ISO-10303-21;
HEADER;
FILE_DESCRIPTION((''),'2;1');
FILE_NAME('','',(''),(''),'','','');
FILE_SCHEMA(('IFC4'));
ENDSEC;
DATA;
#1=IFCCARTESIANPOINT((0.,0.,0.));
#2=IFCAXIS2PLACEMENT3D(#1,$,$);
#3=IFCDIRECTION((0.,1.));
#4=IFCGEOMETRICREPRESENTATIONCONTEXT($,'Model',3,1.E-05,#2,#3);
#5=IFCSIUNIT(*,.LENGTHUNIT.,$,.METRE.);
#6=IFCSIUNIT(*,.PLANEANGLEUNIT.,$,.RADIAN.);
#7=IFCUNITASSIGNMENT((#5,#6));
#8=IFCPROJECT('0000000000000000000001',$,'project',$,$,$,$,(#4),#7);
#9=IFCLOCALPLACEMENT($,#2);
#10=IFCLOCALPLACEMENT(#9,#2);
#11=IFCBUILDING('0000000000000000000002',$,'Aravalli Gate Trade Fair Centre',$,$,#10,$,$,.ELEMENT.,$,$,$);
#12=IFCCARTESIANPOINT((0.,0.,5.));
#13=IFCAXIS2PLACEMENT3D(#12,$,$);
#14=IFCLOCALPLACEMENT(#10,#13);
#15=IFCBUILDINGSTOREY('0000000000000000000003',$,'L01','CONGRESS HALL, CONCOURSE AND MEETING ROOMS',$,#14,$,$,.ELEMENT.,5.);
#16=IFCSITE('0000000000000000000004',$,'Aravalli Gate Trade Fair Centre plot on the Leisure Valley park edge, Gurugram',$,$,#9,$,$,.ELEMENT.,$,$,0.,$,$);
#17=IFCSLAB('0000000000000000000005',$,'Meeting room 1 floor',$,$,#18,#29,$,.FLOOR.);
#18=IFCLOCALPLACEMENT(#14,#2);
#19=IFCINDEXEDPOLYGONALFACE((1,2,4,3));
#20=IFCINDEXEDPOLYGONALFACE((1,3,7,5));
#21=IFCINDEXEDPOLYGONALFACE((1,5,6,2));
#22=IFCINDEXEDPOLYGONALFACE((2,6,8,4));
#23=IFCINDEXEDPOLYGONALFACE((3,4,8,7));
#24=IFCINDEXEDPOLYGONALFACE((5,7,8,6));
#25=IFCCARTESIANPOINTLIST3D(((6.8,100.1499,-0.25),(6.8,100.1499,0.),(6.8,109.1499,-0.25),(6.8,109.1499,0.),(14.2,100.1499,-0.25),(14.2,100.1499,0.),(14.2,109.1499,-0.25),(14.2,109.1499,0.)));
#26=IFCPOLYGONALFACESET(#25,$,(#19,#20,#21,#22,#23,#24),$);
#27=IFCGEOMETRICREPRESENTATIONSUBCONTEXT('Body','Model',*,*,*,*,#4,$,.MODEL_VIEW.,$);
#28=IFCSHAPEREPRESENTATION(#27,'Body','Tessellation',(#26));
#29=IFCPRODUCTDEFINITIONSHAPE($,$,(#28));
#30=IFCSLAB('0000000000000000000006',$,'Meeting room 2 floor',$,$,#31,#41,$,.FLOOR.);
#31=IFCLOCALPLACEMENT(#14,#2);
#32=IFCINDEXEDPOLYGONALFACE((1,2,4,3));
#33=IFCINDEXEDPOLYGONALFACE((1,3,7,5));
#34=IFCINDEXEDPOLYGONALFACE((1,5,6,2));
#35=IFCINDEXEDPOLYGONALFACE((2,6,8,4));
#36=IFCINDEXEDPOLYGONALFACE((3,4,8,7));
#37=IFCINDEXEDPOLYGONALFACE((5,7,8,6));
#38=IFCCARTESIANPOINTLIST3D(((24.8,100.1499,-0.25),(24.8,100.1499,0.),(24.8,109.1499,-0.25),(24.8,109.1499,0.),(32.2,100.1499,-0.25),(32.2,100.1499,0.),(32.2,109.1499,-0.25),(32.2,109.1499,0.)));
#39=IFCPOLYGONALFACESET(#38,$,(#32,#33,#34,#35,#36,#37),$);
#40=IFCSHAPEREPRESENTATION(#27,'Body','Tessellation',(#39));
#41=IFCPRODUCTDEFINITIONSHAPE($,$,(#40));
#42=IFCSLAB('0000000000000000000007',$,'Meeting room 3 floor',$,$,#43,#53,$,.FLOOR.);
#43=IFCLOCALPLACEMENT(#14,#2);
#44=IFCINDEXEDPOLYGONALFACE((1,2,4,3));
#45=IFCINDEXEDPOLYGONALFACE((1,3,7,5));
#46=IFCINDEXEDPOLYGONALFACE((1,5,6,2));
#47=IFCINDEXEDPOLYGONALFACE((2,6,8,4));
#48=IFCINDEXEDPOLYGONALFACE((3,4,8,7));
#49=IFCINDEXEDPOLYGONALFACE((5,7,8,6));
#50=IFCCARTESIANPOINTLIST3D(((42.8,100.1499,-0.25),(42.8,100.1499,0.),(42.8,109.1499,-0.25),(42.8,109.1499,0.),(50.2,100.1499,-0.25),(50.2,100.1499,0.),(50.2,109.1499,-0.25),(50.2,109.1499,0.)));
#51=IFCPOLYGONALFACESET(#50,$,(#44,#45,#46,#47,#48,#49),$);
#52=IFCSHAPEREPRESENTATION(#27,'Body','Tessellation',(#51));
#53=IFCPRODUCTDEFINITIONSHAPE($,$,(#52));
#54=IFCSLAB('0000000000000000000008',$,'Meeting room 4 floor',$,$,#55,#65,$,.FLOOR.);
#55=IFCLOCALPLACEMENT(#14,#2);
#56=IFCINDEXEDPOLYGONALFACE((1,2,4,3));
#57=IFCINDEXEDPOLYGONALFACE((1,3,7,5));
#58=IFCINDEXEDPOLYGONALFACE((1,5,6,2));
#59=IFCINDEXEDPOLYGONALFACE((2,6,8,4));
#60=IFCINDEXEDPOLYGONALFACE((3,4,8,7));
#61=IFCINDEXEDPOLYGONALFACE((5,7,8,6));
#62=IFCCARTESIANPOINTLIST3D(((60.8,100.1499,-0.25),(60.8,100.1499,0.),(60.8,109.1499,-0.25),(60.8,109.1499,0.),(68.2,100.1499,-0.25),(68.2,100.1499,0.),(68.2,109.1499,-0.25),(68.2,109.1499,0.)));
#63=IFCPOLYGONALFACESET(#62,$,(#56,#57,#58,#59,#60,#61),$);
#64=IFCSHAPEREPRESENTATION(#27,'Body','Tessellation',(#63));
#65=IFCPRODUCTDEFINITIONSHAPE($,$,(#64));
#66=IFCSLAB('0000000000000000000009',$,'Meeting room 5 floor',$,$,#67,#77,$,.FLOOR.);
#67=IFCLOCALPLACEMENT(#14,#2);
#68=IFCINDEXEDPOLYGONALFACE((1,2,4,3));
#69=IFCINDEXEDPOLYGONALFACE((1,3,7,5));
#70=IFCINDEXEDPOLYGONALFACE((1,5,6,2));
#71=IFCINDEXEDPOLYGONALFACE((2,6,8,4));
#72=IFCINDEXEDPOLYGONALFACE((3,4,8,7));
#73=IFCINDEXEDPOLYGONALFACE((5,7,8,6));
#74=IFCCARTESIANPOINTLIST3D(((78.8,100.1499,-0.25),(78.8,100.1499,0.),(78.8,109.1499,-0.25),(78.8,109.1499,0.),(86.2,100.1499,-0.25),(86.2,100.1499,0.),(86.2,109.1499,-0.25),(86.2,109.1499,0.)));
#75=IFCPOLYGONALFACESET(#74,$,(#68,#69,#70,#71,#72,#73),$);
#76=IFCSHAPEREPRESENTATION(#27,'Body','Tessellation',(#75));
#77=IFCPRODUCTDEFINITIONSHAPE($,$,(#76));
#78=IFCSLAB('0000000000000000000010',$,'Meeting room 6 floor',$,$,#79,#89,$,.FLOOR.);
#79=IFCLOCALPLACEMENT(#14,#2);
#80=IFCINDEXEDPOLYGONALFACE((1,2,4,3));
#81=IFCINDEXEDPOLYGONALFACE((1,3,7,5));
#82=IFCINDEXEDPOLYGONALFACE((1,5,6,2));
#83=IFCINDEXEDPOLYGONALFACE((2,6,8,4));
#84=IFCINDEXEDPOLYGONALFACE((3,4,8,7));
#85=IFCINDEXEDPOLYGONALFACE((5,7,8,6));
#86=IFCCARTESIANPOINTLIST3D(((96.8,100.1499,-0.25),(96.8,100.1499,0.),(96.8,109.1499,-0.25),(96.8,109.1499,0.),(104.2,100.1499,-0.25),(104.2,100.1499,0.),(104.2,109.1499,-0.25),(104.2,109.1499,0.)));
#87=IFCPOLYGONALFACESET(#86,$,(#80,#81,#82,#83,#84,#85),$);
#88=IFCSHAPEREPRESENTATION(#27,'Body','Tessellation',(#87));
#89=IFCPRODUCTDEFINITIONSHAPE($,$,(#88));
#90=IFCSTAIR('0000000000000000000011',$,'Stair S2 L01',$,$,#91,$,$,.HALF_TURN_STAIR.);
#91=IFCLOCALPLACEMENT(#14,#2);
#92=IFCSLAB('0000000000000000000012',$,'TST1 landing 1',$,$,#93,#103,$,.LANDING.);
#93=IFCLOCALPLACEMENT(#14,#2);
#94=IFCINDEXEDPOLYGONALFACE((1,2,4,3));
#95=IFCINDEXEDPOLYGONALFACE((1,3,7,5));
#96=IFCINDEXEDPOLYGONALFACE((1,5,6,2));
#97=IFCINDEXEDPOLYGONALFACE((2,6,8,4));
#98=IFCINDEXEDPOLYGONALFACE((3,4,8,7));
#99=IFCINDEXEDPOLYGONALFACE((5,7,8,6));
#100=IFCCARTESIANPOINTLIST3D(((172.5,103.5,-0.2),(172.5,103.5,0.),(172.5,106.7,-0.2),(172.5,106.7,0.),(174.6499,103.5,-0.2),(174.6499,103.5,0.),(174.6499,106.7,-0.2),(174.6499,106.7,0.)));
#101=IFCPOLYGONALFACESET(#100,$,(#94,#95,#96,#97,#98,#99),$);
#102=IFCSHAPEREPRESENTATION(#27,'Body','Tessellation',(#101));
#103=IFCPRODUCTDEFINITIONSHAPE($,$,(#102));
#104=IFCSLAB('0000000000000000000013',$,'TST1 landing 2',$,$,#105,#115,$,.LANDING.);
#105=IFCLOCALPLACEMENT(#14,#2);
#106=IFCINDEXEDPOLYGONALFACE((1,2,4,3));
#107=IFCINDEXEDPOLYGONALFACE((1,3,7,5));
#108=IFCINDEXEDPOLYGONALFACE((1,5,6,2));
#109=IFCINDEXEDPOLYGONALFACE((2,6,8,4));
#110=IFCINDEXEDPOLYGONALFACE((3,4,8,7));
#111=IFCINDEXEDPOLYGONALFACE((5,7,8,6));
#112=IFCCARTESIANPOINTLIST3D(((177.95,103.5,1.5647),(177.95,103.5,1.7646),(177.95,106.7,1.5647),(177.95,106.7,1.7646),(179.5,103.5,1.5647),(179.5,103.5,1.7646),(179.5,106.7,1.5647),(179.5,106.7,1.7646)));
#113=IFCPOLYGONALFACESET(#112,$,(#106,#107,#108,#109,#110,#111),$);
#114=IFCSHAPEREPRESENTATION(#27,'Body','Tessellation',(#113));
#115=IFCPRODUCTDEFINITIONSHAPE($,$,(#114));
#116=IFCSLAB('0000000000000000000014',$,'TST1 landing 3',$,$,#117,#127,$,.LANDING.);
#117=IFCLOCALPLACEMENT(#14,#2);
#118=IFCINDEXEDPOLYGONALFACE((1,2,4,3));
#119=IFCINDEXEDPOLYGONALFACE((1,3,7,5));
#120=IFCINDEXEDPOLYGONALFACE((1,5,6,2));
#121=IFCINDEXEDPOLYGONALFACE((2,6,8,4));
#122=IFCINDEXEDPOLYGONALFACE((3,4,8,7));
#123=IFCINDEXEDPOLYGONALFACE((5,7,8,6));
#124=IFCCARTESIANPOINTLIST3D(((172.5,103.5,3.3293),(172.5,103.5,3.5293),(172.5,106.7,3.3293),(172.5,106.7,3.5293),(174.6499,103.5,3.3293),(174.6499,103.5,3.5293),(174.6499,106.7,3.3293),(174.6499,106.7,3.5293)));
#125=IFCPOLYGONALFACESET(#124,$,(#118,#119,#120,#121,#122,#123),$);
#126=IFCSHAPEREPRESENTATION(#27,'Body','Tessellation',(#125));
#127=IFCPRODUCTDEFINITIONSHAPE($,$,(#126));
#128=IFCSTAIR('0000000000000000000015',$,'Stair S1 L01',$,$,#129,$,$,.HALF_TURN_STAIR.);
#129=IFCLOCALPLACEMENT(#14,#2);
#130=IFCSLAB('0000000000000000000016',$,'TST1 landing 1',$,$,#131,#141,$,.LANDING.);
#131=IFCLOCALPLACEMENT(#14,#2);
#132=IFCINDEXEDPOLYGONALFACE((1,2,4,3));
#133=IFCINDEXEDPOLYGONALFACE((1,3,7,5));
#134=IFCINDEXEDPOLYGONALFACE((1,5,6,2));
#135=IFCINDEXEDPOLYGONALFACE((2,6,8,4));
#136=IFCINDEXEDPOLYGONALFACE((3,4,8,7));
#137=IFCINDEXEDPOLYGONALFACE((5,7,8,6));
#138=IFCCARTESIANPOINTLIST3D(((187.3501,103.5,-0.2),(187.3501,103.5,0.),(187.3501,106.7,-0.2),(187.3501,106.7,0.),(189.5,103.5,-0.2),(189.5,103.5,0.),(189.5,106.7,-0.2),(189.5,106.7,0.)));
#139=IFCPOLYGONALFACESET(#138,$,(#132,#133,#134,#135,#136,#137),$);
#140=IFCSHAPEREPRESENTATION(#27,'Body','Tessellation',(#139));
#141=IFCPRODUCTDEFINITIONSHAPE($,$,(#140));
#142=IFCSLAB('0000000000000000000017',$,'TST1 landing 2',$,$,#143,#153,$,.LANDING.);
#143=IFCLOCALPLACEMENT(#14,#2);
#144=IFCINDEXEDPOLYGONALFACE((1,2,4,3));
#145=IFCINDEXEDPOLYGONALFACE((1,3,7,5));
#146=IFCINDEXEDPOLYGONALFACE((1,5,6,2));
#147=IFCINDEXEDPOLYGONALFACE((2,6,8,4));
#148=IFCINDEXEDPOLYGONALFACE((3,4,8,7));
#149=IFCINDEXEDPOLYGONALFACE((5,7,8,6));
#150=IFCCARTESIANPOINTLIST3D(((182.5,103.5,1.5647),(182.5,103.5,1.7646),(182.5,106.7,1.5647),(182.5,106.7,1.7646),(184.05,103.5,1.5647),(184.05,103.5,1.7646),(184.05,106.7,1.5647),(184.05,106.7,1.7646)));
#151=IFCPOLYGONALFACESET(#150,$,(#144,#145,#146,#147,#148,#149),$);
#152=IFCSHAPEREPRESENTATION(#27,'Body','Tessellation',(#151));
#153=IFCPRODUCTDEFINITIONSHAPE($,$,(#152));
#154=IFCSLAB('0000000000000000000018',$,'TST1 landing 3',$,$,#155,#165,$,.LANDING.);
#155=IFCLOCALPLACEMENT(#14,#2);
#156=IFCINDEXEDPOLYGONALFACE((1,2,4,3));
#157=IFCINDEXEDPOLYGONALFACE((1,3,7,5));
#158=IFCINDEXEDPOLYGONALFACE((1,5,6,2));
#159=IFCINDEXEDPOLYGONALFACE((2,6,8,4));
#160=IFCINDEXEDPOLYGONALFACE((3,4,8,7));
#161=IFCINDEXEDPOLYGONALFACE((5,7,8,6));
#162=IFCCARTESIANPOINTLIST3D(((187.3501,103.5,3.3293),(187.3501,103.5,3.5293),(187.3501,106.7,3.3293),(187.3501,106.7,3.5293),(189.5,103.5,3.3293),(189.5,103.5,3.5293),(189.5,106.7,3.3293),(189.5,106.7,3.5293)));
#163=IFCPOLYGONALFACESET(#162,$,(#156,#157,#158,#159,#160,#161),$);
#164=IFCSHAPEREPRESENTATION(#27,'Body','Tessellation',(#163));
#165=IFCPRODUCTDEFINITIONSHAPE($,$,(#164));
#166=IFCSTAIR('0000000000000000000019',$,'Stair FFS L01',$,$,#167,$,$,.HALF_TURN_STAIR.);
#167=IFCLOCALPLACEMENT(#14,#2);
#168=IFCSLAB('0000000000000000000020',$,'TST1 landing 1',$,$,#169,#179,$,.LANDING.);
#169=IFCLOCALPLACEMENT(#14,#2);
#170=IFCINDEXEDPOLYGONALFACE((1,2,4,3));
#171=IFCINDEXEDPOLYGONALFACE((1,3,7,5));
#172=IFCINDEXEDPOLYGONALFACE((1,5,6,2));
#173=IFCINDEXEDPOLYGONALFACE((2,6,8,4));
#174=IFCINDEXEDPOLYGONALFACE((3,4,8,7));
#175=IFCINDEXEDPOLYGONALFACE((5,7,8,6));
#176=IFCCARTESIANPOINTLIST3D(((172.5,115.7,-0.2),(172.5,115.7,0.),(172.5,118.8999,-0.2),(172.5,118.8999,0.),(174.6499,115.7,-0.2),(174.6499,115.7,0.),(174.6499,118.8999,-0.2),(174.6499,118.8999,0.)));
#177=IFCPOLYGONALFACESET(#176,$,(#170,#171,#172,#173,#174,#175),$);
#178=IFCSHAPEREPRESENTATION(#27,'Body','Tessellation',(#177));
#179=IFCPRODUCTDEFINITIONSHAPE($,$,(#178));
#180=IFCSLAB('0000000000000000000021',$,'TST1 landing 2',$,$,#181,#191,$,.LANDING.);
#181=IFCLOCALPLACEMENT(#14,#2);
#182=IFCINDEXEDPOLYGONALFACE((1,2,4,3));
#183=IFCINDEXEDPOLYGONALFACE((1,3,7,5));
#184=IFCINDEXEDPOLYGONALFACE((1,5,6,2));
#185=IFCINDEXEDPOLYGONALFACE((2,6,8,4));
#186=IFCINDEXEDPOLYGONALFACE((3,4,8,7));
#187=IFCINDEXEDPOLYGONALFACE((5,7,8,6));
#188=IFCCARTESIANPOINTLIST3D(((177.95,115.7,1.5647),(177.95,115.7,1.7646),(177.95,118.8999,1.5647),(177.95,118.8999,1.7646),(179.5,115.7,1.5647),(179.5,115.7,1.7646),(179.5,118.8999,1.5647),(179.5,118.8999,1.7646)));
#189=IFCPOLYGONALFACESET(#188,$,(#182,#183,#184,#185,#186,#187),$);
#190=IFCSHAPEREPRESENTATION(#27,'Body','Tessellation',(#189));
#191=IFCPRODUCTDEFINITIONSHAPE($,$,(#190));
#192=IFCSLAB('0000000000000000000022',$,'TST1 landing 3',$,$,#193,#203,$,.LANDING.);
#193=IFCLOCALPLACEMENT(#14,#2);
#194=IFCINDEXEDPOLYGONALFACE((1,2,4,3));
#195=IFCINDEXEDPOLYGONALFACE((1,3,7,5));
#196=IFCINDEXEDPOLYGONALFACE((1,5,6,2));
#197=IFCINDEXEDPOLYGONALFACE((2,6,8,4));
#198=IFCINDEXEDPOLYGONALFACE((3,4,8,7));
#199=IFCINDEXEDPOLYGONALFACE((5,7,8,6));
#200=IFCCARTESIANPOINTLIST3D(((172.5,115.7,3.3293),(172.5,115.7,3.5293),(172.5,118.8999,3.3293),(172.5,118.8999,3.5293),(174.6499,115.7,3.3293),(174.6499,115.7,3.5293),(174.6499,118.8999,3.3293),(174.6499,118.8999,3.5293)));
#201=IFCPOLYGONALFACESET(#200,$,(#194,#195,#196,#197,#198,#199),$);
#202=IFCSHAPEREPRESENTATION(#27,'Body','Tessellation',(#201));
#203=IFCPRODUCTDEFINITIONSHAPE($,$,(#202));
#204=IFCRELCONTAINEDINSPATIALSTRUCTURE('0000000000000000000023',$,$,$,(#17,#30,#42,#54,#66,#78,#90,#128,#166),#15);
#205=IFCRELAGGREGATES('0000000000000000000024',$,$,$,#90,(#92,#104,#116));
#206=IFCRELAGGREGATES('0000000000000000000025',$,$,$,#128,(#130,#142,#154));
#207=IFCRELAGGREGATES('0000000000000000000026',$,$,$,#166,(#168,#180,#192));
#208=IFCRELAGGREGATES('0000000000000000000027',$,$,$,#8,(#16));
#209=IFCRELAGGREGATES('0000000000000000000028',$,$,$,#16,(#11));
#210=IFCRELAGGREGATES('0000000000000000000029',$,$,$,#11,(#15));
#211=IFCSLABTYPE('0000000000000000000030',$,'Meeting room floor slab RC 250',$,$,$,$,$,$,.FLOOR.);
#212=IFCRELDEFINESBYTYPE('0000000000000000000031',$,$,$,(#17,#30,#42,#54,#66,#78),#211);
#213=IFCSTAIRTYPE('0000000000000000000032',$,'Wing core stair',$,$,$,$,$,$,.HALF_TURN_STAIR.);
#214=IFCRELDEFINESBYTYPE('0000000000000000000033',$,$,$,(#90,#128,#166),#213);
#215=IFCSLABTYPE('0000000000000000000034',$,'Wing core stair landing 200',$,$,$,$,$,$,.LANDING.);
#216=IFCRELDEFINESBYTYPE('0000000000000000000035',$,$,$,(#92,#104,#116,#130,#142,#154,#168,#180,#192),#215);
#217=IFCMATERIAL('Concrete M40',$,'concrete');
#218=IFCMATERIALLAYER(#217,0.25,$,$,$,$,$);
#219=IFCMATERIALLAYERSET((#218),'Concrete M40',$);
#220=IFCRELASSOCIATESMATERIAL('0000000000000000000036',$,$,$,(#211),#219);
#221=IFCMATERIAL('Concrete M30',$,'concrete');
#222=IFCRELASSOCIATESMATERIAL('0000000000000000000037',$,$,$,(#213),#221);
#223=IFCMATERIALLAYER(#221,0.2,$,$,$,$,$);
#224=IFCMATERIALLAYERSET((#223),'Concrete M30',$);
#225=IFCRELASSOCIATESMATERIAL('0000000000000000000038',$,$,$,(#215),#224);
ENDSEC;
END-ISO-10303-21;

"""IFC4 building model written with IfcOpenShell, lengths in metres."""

from ifc_helpers import new_model, si_unit, direction, frame, origin, place, context, subcontext, project, spatial, polyline, outline, extrude, material, layer, layer_set, type_object, element, aggregate, save


model = new_model("IFC4")

# Units and contexts
model_context = context("Model", 3, precision=1e-05, world=origin(), true_north=direction((0.0, 1.0)))
body_context = subcontext(model_context, "Body", "Model", "MODEL_VIEW")
ifc_project = project(units=[si_unit("LENGTHUNIT", "METRE"), si_unit("PLANEANGLEUNIT", "RADIAN")], contexts=[model_context])

# Site, building, storey
site_placement = place(None, origin())
site = spatial("IfcSite", under=ifc_project, at=site_placement, Name="Aravalli Gate Trade Fair Centre plot on the Leisure Valley park edge, Gurugram", CompositionType="ELEMENT", RefElevation=0.0)
building_placement = place(site_placement, origin())
building = spatial("IfcBuilding", under=site, at=building_placement, Name="Aravalli Gate Trade Fair Centre", CompositionType="ELEMENT")
storey_placement = place(building_placement, frame((0.0, 0.0, 5.0)))
storey = spatial("IfcBuildingStorey", under=building, at=storey_placement, Name="L01", Description="CONGRESS HALL, CONCOURSE AND MEETING ROOMS", CompositionType="ELEMENT", Elevation=5.0)

# Shared definitions
ifc_material_1 = material(Name="Concrete M30", Category="concrete")

# Slabs
ifc_material_2 = material(Name="Concrete M40", Category="concrete")
ifc_layer_1 = layer(ifc_material_2, 0.25)
ifc_layer_set_1 = layer_set([ifc_layer_1], Name="Concrete M40")
slab_type_1 = type_object("IfcSlabType", Name="Meeting room floor slab RC 250", PredefinedType="FLOOR", material=ifc_layer_set_1)
slab_1_placement = place(storey_placement, frame((0.0, 0.0, -0.25)))
element("IfcSlab", 1, at=slab_1_placement, inside=storey, type_object=slab_type_1, Name="Meeting room 1 floor", PredefinedType="FLOOR", context=body_context, shape_type="SweptSolid", body=[
    extrude(outline(polyline([(6.8, 100.1499), (14.2, 100.1499), (14.2, 109.1499), (6.8, 109.1499), (6.8, 100.1499)])), origin(), (0.0, 0.0, 1.0), 0.25),
])
slab_2_placement = place(storey_placement, frame((0.0, 0.0, -0.25)))
element("IfcSlab", 2, at=slab_2_placement, inside=storey, type_object=slab_type_1, Name="Meeting room 2 floor", PredefinedType="FLOOR", context=body_context, shape_type="SweptSolid", body=[
    extrude(outline(polyline([(24.8, 100.1499), (32.2, 100.1499), (32.2, 109.1499), (24.8, 109.1499), (24.8, 100.1499)])), origin(), (0.0, 0.0, 1.0), 0.25),
])
slab_3_placement = place(storey_placement, frame((0.0, 0.0, -0.25)))
element("IfcSlab", 3, at=slab_3_placement, inside=storey, type_object=slab_type_1, Name="Meeting room 3 floor", PredefinedType="FLOOR", context=body_context, shape_type="SweptSolid", body=[
    extrude(outline(polyline([(42.8, 100.1499), (50.2, 100.1499), (50.2, 109.1499), (42.8, 109.1499), (42.8, 100.1499)])), origin(), (0.0, 0.0, 1.0), 0.25),
])
slab_4_placement = place(storey_placement, frame((0.0, 0.0, -0.25)))
element("IfcSlab", 4, at=slab_4_placement, inside=storey, type_object=slab_type_1, Name="Meeting room 4 floor", PredefinedType="FLOOR", context=body_context, shape_type="SweptSolid", body=[
    extrude(outline(polyline([(60.8, 100.1499), (68.2, 100.1499), (68.2, 109.1499), (60.8, 109.1499), (60.8, 100.1499)])), origin(), (0.0, 0.0, 1.0), 0.25),
])
slab_5_placement = place(storey_placement, frame((0.0, 0.0, -0.25)))
element("IfcSlab", 5, at=slab_5_placement, inside=storey, type_object=slab_type_1, Name="Meeting room 5 floor", PredefinedType="FLOOR", context=body_context, shape_type="SweptSolid", body=[
    extrude(outline(polyline([(78.8, 100.1499), (86.2, 100.1499), (86.2, 109.1499), (78.8, 109.1499), (78.8, 100.1499)])), origin(), (0.0, 0.0, 1.0), 0.25),
])
slab_6_placement = place(storey_placement, frame((0.0, 0.0, -0.25)))
element("IfcSlab", 6, at=slab_6_placement, inside=storey, type_object=slab_type_1, Name="Meeting room 6 floor", PredefinedType="FLOOR", context=body_context, shape_type="SweptSolid", body=[
    extrude(outline(polyline([(96.8, 100.1499), (104.2, 100.1499), (104.2, 109.1499), (96.8, 109.1499), (96.8, 100.1499)])), origin(), (0.0, 0.0, 1.0), 0.25),
])

# Stairs, slabs
stair_type_1 = type_object("IfcStairType", Name="Wing core stair", PredefinedType="HALF_TURN_STAIR", material=ifc_material_1)
stair_1_placement = place(storey_placement, origin())
stair_1 = element("IfcStair", 7, at=stair_1_placement, inside=storey, type_object=stair_type_1, Name="Stair S2 L01", PredefinedType="HALF_TURN_STAIR")
ifc_layer_2 = layer(ifc_material_1, 0.2)
ifc_layer_set_2 = layer_set([ifc_layer_2], Name="Concrete M30")
slab_type_2 = type_object("IfcSlabType", Name="Wing core stair landing 200", PredefinedType="LANDING", material=ifc_layer_set_2)
slab_7_placement = place(storey_placement, frame((0.0, 0.0, -0.2)))
slab_7 = element("IfcSlab", 8, at=slab_7_placement, type_object=slab_type_2, Name="TST1 landing 1", PredefinedType="LANDING", context=body_context, shape_type="SweptSolid", body=[
    extrude(outline(polyline([(172.5, 103.5), (174.6499, 103.5), (174.6499, 106.7), (172.5, 106.7), (172.5, 103.5)])), origin(), (0.0, 0.0, 1.0), 0.2),
])
slab_8_placement = place(storey_placement, frame((0.0, 0.0, 1.5647)))
slab_8 = element("IfcSlab", 9, at=slab_8_placement, type_object=slab_type_2, Name="TST1 landing 2", PredefinedType="LANDING", context=body_context, shape_type="SweptSolid", body=[
    extrude(outline(polyline([(177.95, 103.5), (179.5, 103.5), (179.5, 106.7), (177.95, 106.7), (177.95, 103.5)])), origin(), (0.0, 0.0, 1.0), 0.2),
])
slab_9_placement = place(storey_placement, frame((0.0, 0.0, 3.3293)))
slab_9 = element("IfcSlab", 10, at=slab_9_placement, type_object=slab_type_2, Name="TST1 landing 3", PredefinedType="LANDING", context=body_context, shape_type="SweptSolid", body=[
    extrude(outline(polyline([(172.5, 103.5), (174.6499, 103.5), (174.6499, 106.7), (172.5, 106.7), (172.5, 103.5)])), origin(), (0.0, 0.0, 1.0), 0.2),
])
aggregate(stair_1, [slab_7, slab_8, slab_9])
stair_2_placement = place(storey_placement, origin())
stair_2 = element("IfcStair", 11, at=stair_2_placement, inside=storey, type_object=stair_type_1, Name="Stair S1 L01", PredefinedType="HALF_TURN_STAIR")
slab_10_placement = place(storey_placement, frame((0.0, 0.0, -0.2)))
slab_10 = element("IfcSlab", 12, at=slab_10_placement, type_object=slab_type_2, Name="TST1 landing 1", PredefinedType="LANDING", context=body_context, shape_type="SweptSolid", body=[
    extrude(outline(polyline([(187.3501, 103.5), (189.5, 103.5), (189.5, 106.7), (187.3501, 106.7), (187.3501, 103.5)])), origin(), (0.0, 0.0, 1.0), 0.2),
])
slab_11_placement = place(storey_placement, frame((0.0, 0.0, 1.5647)))
slab_11 = element("IfcSlab", 13, at=slab_11_placement, type_object=slab_type_2, Name="TST1 landing 2", PredefinedType="LANDING", context=body_context, shape_type="SweptSolid", body=[
    extrude(outline(polyline([(182.5, 103.5), (184.05, 103.5), (184.05, 106.7), (182.5, 106.7), (182.5, 103.5)])), origin(), (0.0, 0.0, 1.0), 0.2),
])
slab_12_placement = place(storey_placement, frame((0.0, 0.0, 3.3293)))
slab_12 = element("IfcSlab", 14, at=slab_12_placement, type_object=slab_type_2, Name="TST1 landing 3", PredefinedType="LANDING", context=body_context, shape_type="SweptSolid", body=[
    extrude(outline(polyline([(187.3501, 103.5), (189.5, 103.5), (189.5, 106.7), (187.3501, 106.7), (187.3501, 103.5)])), origin(), (0.0, 0.0, 1.0), 0.2),
])
aggregate(stair_2, [slab_10, slab_11, slab_12])
stair_3_placement = place(storey_placement, origin())
stair_3 = element("IfcStair", 15, at=stair_3_placement, inside=storey, type_object=stair_type_1, Name="Stair FFS L01", PredefinedType="HALF_TURN_STAIR")
slab_13_placement = place(storey_placement, frame((0.0, 0.0, -0.2)))
slab_13 = element("IfcSlab", 16, at=slab_13_placement, type_object=slab_type_2, Name="TST1 landing 1", PredefinedType="LANDING", context=body_context, shape_type="SweptSolid", body=[
    extrude(outline(polyline([(172.5, 115.7), (174.6499, 115.7), (174.6499, 118.8999), (172.5, 118.8999), (172.5, 115.7)])), origin(), (0.0, 0.0, 1.0), 0.2),
])
slab_14_placement = place(storey_placement, frame((0.0, 0.0, 1.5647)))
slab_14 = element("IfcSlab", 17, at=slab_14_placement, type_object=slab_type_2, Name="TST1 landing 2", PredefinedType="LANDING", context=body_context, shape_type="SweptSolid", body=[
    extrude(outline(polyline([(177.95, 115.7), (179.5, 115.7), (179.5, 118.8999), (177.95, 118.8999), (177.95, 115.7)])), origin(), (0.0, 0.0, 1.0), 0.2),
])
slab_15_placement = place(storey_placement, frame((0.0, 0.0, 3.3293)))
slab_15 = element("IfcSlab", 18, at=slab_15_placement, type_object=slab_type_2, Name="TST1 landing 3", PredefinedType="LANDING", context=body_context, shape_type="SweptSolid", body=[
    extrude(outline(polyline([(172.5, 115.7), (174.6499, 115.7), (174.6499, 118.8999), (172.5, 118.8999), (172.5, 115.7)])), origin(), (0.0, 0.0, 1.0), 0.2),
])
aggregate(stair_3, [slab_13, slab_14, slab_15])

save(model, "model.ifc")
